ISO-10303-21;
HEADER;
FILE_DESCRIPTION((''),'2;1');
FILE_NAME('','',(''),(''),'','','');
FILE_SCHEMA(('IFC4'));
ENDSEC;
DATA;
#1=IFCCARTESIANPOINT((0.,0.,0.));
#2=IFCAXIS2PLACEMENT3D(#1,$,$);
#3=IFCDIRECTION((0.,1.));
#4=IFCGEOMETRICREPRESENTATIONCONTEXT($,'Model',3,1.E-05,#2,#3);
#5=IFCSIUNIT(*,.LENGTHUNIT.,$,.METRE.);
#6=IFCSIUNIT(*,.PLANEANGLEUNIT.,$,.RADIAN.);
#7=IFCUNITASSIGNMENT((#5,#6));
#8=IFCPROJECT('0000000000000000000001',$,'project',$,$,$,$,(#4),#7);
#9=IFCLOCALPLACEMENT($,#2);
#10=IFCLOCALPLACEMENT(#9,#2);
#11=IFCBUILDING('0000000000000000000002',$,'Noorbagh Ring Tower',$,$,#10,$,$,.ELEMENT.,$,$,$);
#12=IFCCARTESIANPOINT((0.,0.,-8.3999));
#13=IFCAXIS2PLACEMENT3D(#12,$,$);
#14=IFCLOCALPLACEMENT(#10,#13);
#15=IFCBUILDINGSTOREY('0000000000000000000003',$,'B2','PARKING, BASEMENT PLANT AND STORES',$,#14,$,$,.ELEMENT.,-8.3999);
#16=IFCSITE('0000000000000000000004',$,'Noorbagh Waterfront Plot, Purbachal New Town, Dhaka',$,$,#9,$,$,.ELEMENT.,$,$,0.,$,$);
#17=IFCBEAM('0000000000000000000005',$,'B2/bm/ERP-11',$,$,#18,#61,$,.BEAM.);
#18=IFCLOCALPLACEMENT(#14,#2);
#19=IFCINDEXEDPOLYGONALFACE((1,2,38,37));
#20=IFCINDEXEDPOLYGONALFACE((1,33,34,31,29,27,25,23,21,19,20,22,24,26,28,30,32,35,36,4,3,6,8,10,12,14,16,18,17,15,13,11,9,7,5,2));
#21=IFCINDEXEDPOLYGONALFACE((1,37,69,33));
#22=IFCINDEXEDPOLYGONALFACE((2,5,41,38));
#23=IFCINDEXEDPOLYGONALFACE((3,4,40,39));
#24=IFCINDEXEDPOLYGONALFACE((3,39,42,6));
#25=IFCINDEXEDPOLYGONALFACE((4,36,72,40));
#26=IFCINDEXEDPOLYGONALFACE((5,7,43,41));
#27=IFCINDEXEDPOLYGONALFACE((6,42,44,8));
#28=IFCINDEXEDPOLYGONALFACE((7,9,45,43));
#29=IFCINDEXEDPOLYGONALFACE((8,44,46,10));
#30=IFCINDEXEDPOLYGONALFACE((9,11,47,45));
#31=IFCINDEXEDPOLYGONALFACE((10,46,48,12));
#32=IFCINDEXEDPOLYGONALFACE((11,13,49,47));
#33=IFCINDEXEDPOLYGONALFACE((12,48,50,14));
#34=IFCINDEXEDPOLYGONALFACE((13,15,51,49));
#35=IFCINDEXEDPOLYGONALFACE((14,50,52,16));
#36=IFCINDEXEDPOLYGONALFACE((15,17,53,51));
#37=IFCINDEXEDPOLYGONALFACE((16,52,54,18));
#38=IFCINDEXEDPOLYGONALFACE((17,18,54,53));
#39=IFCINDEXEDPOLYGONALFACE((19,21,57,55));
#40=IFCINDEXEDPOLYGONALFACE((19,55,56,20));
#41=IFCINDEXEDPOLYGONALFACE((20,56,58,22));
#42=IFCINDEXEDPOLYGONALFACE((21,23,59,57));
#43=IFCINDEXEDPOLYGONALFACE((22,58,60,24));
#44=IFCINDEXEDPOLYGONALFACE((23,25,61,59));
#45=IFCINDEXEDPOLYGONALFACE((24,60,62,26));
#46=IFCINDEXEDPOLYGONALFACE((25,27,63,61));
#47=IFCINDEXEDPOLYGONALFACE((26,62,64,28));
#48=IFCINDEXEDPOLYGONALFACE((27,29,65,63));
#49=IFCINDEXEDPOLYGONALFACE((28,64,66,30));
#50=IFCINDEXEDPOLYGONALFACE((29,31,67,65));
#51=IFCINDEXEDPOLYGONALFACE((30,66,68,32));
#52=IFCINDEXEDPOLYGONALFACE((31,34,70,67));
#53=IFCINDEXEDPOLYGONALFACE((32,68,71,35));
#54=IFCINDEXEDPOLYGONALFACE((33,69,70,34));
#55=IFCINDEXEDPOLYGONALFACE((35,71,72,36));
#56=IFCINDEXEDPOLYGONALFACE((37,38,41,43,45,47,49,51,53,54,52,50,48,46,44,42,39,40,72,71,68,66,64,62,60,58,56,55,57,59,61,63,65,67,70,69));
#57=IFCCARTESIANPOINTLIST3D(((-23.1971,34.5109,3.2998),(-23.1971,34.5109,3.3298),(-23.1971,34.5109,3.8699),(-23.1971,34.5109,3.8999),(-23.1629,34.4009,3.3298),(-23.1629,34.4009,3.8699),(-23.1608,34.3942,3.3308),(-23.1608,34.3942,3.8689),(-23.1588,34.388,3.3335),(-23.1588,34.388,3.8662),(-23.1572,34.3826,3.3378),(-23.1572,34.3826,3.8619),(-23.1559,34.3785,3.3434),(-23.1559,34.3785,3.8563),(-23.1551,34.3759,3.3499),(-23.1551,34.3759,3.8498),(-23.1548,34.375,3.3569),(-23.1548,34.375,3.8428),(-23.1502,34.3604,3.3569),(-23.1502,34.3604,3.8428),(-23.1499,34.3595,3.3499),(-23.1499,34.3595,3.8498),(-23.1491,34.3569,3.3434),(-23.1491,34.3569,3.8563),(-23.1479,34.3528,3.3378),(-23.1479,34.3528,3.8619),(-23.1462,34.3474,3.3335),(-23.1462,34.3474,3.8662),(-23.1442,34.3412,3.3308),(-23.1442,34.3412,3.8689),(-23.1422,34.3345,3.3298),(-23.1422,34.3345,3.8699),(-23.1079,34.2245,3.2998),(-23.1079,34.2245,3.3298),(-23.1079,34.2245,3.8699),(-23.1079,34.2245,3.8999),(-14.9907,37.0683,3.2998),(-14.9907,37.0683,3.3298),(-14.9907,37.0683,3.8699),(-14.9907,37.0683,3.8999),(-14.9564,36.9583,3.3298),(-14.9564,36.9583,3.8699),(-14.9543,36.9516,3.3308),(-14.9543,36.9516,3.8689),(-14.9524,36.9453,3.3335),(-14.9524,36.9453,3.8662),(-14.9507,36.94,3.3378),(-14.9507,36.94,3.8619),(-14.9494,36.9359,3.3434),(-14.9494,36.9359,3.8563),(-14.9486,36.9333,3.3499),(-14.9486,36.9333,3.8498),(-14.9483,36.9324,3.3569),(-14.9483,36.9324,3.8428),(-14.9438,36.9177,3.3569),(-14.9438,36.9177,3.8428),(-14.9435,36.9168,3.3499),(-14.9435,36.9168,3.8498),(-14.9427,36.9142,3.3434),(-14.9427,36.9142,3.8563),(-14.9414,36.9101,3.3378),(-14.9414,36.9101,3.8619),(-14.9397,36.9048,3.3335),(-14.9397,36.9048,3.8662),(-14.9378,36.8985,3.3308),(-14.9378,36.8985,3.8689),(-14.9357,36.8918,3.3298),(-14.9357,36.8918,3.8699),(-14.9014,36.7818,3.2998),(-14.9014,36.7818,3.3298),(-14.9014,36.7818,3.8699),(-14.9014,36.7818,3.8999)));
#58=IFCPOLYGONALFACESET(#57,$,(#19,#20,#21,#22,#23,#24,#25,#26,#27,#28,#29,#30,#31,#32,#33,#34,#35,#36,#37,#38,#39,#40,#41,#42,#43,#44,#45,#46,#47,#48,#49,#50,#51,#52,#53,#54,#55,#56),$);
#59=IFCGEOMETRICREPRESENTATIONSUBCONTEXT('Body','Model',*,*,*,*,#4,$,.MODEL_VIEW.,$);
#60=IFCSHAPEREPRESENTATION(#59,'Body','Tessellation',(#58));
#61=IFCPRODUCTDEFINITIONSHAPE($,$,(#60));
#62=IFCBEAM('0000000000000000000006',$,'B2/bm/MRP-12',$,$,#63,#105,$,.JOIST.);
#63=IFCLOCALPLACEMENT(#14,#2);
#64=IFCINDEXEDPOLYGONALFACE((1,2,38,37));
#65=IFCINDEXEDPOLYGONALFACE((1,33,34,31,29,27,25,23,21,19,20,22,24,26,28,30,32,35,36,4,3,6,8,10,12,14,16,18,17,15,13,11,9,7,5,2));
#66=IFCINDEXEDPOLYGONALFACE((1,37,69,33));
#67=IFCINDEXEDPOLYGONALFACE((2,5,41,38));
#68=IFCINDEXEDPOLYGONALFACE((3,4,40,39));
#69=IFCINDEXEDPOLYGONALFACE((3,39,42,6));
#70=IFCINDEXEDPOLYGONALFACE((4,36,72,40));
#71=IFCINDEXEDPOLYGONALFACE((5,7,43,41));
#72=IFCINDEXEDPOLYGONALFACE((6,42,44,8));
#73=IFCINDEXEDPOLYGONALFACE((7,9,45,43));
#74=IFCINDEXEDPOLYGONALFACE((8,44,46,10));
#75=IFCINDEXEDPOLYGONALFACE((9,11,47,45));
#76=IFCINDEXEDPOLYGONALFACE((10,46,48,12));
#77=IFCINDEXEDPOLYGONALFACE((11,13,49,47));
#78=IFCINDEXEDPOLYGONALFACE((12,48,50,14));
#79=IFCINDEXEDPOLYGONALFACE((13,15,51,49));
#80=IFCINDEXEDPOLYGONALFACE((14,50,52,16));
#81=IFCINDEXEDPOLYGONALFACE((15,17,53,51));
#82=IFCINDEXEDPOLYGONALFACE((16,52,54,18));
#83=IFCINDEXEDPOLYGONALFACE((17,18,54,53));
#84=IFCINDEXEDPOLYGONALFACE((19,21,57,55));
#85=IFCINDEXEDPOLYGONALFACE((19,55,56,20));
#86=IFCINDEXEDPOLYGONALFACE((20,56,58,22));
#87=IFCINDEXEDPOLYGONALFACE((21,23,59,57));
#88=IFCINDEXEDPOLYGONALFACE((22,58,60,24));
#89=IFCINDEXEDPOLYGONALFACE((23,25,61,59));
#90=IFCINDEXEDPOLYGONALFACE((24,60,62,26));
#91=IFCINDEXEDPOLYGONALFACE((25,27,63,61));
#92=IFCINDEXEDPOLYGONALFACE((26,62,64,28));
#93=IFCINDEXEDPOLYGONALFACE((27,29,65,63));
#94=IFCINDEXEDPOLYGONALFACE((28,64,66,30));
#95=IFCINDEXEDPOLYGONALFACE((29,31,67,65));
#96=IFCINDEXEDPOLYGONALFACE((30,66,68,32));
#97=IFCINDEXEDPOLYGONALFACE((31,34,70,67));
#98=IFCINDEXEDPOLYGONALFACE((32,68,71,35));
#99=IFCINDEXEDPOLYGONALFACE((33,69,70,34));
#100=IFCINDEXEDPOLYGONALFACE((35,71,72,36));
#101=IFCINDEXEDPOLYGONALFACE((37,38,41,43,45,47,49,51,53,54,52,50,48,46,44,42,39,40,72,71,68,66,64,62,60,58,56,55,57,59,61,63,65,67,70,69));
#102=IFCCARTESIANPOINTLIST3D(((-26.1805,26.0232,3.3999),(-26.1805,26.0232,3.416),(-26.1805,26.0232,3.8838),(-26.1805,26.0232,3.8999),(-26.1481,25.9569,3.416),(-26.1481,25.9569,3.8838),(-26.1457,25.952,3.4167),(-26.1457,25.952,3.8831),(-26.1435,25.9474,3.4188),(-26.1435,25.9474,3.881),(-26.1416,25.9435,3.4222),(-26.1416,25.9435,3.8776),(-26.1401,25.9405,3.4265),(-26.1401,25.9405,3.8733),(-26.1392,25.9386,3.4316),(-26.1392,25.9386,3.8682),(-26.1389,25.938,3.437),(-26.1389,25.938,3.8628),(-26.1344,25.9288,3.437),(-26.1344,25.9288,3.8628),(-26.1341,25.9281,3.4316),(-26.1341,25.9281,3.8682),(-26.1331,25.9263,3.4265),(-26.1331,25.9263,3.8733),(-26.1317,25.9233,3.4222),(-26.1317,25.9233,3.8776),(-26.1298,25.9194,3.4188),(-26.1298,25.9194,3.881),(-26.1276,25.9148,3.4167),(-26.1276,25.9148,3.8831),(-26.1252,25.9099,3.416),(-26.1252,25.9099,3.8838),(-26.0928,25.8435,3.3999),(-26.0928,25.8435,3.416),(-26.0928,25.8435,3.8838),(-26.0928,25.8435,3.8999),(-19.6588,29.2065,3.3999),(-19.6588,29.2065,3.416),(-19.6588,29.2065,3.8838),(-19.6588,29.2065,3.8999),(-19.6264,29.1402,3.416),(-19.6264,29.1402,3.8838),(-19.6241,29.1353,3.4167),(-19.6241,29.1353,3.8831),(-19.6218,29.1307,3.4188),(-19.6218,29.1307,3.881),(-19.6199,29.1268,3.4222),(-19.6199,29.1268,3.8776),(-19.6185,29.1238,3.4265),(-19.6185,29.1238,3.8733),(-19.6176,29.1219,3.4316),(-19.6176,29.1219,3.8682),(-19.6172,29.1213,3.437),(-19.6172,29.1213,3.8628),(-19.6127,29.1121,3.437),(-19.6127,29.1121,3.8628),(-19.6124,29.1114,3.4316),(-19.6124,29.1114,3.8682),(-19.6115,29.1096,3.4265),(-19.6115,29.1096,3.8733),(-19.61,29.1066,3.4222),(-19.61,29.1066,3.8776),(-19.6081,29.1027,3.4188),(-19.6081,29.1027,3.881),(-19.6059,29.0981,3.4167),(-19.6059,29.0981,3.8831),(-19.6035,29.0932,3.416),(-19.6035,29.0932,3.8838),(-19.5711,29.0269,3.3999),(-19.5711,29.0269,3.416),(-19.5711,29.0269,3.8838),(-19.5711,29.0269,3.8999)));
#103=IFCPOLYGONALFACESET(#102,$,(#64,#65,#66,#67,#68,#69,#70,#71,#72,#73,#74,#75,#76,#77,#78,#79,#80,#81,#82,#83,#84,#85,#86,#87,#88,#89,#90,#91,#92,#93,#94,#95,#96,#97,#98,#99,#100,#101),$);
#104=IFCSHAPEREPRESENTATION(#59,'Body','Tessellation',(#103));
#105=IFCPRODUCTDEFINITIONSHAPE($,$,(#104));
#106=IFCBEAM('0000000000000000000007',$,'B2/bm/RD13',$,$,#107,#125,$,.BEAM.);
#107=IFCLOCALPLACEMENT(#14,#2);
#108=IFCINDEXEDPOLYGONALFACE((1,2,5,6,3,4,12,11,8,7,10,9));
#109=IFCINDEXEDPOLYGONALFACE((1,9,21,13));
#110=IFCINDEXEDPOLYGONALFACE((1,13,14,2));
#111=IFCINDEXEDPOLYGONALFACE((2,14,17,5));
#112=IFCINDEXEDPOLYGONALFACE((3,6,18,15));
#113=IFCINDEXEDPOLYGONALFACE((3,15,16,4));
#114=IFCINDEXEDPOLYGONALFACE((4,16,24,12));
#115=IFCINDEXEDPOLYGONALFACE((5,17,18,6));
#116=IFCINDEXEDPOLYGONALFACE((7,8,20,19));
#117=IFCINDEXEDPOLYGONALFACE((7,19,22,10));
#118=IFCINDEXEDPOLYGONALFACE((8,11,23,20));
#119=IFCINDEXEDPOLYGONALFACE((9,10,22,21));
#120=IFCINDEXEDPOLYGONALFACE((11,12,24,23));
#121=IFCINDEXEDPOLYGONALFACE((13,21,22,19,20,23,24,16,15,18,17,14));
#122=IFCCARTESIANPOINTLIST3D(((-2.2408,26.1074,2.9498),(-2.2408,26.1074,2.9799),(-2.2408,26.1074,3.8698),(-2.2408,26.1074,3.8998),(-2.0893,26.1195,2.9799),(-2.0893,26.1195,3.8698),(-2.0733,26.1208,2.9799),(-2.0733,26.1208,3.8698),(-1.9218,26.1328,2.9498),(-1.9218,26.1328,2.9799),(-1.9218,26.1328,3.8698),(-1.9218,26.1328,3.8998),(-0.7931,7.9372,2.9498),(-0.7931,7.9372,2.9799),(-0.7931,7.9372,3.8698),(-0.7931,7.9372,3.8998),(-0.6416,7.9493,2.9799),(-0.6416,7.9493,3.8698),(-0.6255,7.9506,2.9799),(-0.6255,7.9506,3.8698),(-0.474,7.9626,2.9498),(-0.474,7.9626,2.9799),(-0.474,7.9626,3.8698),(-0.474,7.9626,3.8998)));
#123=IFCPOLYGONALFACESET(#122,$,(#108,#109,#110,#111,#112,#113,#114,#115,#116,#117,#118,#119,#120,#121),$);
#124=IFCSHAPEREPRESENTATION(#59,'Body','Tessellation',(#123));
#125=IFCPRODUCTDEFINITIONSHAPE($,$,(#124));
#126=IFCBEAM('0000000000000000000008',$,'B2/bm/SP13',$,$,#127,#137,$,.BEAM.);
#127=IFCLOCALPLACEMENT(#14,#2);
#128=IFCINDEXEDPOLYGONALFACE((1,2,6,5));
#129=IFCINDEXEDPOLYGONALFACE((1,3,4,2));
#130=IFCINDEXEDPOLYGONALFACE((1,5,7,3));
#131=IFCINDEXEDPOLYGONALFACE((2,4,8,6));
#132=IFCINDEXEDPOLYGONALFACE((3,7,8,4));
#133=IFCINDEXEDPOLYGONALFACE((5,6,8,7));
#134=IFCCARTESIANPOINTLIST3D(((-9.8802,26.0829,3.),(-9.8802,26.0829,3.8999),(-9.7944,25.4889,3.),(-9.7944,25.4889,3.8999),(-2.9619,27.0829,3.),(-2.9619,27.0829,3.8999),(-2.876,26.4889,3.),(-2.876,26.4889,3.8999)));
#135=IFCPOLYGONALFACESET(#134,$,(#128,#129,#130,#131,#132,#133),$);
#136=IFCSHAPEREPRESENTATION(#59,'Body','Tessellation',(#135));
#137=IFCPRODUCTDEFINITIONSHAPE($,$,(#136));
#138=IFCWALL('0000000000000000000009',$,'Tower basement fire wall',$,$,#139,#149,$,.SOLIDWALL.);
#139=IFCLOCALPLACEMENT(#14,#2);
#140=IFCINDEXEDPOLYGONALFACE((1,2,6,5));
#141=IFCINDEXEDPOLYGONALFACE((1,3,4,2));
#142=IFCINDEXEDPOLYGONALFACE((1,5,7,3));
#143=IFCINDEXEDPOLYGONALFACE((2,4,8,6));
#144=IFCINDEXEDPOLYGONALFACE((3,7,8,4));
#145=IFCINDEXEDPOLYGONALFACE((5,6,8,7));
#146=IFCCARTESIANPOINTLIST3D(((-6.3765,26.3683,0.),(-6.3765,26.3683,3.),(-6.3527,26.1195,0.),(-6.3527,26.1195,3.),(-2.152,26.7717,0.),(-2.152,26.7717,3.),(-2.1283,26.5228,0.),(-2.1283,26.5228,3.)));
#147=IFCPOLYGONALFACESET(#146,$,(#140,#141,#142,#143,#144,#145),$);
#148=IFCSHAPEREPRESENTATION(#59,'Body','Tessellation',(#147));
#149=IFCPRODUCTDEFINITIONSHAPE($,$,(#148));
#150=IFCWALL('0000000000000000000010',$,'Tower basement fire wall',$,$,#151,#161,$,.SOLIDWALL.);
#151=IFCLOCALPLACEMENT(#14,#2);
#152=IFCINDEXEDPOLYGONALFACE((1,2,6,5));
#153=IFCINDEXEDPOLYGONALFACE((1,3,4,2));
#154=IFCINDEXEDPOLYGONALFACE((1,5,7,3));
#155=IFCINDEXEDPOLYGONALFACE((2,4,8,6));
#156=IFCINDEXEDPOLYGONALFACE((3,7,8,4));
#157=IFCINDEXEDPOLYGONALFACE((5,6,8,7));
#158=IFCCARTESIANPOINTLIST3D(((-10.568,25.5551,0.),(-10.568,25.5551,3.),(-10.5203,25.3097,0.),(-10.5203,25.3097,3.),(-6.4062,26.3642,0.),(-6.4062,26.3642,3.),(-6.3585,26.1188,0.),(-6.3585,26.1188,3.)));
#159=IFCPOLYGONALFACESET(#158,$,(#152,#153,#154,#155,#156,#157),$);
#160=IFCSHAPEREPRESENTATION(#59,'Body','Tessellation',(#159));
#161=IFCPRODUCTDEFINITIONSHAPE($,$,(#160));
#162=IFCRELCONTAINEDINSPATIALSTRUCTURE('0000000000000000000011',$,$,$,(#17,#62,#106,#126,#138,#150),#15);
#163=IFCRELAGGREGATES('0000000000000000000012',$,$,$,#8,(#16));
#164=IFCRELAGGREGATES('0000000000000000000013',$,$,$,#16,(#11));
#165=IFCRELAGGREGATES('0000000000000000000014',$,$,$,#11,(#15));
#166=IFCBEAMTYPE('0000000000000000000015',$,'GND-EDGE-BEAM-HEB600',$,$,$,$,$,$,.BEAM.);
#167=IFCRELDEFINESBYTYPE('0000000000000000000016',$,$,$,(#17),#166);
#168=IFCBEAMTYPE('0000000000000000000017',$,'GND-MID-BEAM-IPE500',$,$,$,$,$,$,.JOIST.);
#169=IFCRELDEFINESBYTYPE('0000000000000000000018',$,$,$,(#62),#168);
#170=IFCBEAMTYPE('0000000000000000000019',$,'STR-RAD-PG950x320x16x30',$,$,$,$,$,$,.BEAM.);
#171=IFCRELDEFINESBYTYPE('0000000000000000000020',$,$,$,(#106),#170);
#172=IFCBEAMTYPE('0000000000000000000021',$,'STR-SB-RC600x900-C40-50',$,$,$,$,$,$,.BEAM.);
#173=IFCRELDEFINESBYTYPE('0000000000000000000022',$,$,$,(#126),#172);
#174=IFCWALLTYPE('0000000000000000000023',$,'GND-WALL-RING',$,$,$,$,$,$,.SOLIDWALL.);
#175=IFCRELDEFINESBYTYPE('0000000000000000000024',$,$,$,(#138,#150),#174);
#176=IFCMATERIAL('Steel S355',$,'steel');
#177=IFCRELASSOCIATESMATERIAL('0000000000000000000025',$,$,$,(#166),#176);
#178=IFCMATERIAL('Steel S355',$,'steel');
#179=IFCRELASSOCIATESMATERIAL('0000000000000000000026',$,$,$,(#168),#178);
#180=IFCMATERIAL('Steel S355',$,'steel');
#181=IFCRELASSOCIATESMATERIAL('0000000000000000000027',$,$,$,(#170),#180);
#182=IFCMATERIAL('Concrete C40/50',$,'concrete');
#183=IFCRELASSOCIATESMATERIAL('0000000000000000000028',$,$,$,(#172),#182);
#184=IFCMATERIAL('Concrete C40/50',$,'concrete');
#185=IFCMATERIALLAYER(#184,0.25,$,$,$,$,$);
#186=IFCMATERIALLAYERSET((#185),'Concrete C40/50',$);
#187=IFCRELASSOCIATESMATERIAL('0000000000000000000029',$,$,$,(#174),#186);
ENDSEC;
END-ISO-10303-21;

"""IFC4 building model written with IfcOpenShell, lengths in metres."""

from ifc_helpers import new_model, si_unit, direction, frame, frame_2d, origin, origin_2d, place, context, subcontext, project, spatial, rectangle, i_section, extrude, material, layer, layer_set, material_profile, profile_set, type_object, element, save


model = new_model("IFC4")

# Units and contexts
model_context = context("Model", 3, precision=1e-05, world=origin(), true_north=direction((0.0, 1.0)))
body_context = subcontext(model_context, "Body", "Model", "MODEL_VIEW")
ifc_project = project(units=[si_unit("LENGTHUNIT", "METRE"), si_unit("PLANEANGLEUNIT", "RADIAN")], contexts=[model_context])

# Site, building, storey
site_placement = place(None, origin())
site = spatial("IfcSite", under=ifc_project, at=site_placement, Name="Noorbagh Waterfront Plot, Purbachal New Town, Dhaka", CompositionType="ELEMENT", RefElevation=0.0)
building_placement = place(site_placement, origin())
building = spatial("IfcBuilding", under=site, at=building_placement, Name="Noorbagh Ring Tower", CompositionType="ELEMENT")
storey_placement = place(building_placement, frame((0.0, 0.0, -8.3999)))
storey = spatial("IfcBuildingStorey", under=building, at=storey_placement, Name="B2", Description="PARKING, BASEMENT PLANT AND STORES", CompositionType="ELEMENT", Elevation=-8.3999)

# Beams
ifc_material_1 = material(Name="Steel S355", Category="steel")
ifc_material_profile_1 = material_profile(ifc_material_1, i_section(OverallWidth=0.3, OverallDepth=0.6001, WebThickness=0.0154, FlangeThickness=0.03, FilletRadius=0.0271, at=origin_2d()), Name="HEB600")
ifc_profile_set_1 = profile_set([ifc_material_profile_1], Name="Steel S355")
beam_type_1 = type_object("IfcBeamType", Name="GND-EDGE-BEAM-HEB600", PredefinedType="BEAM", material=ifc_profile_set_1)
beam_1_placement = place(storey_placement, frame((-14.946, 36.925, 3.5999), z_axis=(-0.954717, -0.297515, 0.0), x_axis=(0.297515, -0.954717, 0.0)))
element("IfcBeam", 1, at=beam_1_placement, inside=storey, type_object=beam_type_1, Name="B2/bm/ERP-11", PredefinedType="BEAM", context=body_context, shape_type="SweptSolid", body=[
    extrude(i_section(OverallWidth=0.3, OverallDepth=0.6001, WebThickness=0.0154, FlangeThickness=0.03, FilletRadius=0.0271, at=origin_2d()), origin(), (0.0, 0.0, 1.0), 8.5957),
])
ifc_material_2 = material(Name="Steel S355", Category="steel")
ifc_material_profile_2 = material_profile(ifc_material_2, i_section(OverallWidth=0.2, OverallDepth=0.5, WebThickness=0.0103, FlangeThickness=0.0161, FilletRadius=0.021, at=origin_2d()), Name="IPE500")
ifc_profile_set_2 = profile_set([ifc_material_profile_2], Name="Steel S355")
beam_type_2 = type_object("IfcBeamType", Name="GND-MID-BEAM-IPE500", PredefinedType="JOIST", material=ifc_profile_set_2)
beam_2_placement = place(storey_placement, frame((-19.615, 29.1167, 3.6499), z_axis=(-0.898659, -0.438648, 0.0), x_axis=(0.438648, -0.898659, 0.0)))
element("IfcBeam", 2, at=beam_2_placement, inside=storey, type_object=beam_type_2, Name="B2/bm/MRP-12", PredefinedType="JOIST", context=body_context, shape_type="SweptSolid", body=[
    extrude(i_section(OverallWidth=0.2, OverallDepth=0.5, WebThickness=0.0103, FlangeThickness=0.0161, FilletRadius=0.021, at=origin_2d()), origin(), (0.0, 0.0, 1.0), 7.2571),
])
ifc_material_3 = material(Name="Steel S355", Category="steel")
ifc_material_profile_3 = material_profile(ifc_material_3, i_section(OverallWidth=0.3201, OverallDepth=0.95, WebThickness=0.0161, FlangeThickness=0.03, at=origin_2d()), Name="PG950x320x16x30")
ifc_profile_set_3 = profile_set([ifc_material_profile_3], Name="Steel S355")
beam_type_3 = type_object("IfcBeamType", Name="STR-RAD-PG950x320x16x30", PredefinedType="BEAM", material=ifc_profile_set_3)
beam_3_placement = place(storey_placement, frame((-2.0813, 26.1201, 3.4248), z_axis=(0.079426, -0.996841, 0.0), x_axis=(0.996841, 0.079426, 0.0)))
element("IfcBeam", 3, at=beam_3_placement, inside=storey, type_object=beam_type_3, Name="B2/bm/RD13", PredefinedType="BEAM", context=body_context, shape_type="SweptSolid", body=[
    extrude(i_section(OverallWidth=0.3201, OverallDepth=0.95, WebThickness=0.0161, FlangeThickness=0.03, at=origin_2d()), origin(), (0.0, 0.0, 1.0), 18.2278),
])
ifc_material_4 = material(Name="Concrete C40/50", Category="concrete")
ifc_material_profile_4 = material_profile(ifc_material_4, rectangle(XDim=0.6001, YDim=0.8999, at=origin_2d()), Name="RC600x900")
ifc_profile_set_4 = profile_set([ifc_material_profile_4], Name="Concrete C40/50")
beam_type_4 = type_object("IfcBeamType", Name="STR-SB-RC600x900-C40-50", PredefinedType="BEAM", material=ifc_profile_set_4)
beam_4_placement = place(storey_placement, frame((-2.9189, 26.7859, 3.45), z_axis=(-0.989715, -0.143054, 0.0), x_axis=(0.143054, -0.989715, 0.0)))
element("IfcBeam", 4, at=beam_4_placement, inside=storey, type_object=beam_type_4, Name="B2/bm/SP13", PredefinedType="BEAM", context=body_context, shape_type="SweptSolid", body=[
    extrude(rectangle(XDim=0.6001, YDim=0.8999, at=origin_2d()), origin(), (0.0, 0.0, 1.0), 6.9902),
])

# Walls
ifc_material_5 = material(Name="Concrete C40/50", Category="concrete")
ifc_layer_1 = layer(ifc_material_5, 0.25)
ifc_layer_set_1 = layer_set([ifc_layer_1], Name="Concrete C40/50")
wall_type_1 = type_object("IfcWallType", Name="GND-WALL-RING", PredefinedType="SOLIDWALL", material=ifc_layer_set_1)
wall_1_placement = place(storey_placement, frame((-2.1401, 26.6472, 0.0), z_axis=(0.0, 0.0, 1.0), x_axis=(-0.995473, -0.095043, 0.0)))
element("IfcWall", 5, at=wall_1_placement, inside=storey, type_object=wall_type_1, Name="Tower basement fire wall", PredefinedType="SOLIDWALL", context=body_context, shape_type="SweptSolid", body=[
    extrude(rectangle(XDim=4.2437, YDim=0.25, at=frame_2d((2.1218, 0.0))), origin(), (0.0, 0.0, 1.0), 3.0),
])
wall_2_placement = place(storey_placement, frame((-6.3823, 26.2415, 0.0), z_axis=(0.0, 0.0, 1.0), x_axis=(-0.981623, -0.190831, 0.0)))
element("IfcWall", 6, at=wall_2_placement, inside=storey, type_object=wall_type_1, Name="Tower basement fire wall", PredefinedType="SOLIDWALL", context=body_context, shape_type="SweptSolid", body=[
    extrude(rectangle(XDim=4.2397, YDim=0.25, at=frame_2d((2.1199, 0.0))), origin(), (0.0, 0.0, 1.0), 3.0),
])

save(model, "model.ifc")
